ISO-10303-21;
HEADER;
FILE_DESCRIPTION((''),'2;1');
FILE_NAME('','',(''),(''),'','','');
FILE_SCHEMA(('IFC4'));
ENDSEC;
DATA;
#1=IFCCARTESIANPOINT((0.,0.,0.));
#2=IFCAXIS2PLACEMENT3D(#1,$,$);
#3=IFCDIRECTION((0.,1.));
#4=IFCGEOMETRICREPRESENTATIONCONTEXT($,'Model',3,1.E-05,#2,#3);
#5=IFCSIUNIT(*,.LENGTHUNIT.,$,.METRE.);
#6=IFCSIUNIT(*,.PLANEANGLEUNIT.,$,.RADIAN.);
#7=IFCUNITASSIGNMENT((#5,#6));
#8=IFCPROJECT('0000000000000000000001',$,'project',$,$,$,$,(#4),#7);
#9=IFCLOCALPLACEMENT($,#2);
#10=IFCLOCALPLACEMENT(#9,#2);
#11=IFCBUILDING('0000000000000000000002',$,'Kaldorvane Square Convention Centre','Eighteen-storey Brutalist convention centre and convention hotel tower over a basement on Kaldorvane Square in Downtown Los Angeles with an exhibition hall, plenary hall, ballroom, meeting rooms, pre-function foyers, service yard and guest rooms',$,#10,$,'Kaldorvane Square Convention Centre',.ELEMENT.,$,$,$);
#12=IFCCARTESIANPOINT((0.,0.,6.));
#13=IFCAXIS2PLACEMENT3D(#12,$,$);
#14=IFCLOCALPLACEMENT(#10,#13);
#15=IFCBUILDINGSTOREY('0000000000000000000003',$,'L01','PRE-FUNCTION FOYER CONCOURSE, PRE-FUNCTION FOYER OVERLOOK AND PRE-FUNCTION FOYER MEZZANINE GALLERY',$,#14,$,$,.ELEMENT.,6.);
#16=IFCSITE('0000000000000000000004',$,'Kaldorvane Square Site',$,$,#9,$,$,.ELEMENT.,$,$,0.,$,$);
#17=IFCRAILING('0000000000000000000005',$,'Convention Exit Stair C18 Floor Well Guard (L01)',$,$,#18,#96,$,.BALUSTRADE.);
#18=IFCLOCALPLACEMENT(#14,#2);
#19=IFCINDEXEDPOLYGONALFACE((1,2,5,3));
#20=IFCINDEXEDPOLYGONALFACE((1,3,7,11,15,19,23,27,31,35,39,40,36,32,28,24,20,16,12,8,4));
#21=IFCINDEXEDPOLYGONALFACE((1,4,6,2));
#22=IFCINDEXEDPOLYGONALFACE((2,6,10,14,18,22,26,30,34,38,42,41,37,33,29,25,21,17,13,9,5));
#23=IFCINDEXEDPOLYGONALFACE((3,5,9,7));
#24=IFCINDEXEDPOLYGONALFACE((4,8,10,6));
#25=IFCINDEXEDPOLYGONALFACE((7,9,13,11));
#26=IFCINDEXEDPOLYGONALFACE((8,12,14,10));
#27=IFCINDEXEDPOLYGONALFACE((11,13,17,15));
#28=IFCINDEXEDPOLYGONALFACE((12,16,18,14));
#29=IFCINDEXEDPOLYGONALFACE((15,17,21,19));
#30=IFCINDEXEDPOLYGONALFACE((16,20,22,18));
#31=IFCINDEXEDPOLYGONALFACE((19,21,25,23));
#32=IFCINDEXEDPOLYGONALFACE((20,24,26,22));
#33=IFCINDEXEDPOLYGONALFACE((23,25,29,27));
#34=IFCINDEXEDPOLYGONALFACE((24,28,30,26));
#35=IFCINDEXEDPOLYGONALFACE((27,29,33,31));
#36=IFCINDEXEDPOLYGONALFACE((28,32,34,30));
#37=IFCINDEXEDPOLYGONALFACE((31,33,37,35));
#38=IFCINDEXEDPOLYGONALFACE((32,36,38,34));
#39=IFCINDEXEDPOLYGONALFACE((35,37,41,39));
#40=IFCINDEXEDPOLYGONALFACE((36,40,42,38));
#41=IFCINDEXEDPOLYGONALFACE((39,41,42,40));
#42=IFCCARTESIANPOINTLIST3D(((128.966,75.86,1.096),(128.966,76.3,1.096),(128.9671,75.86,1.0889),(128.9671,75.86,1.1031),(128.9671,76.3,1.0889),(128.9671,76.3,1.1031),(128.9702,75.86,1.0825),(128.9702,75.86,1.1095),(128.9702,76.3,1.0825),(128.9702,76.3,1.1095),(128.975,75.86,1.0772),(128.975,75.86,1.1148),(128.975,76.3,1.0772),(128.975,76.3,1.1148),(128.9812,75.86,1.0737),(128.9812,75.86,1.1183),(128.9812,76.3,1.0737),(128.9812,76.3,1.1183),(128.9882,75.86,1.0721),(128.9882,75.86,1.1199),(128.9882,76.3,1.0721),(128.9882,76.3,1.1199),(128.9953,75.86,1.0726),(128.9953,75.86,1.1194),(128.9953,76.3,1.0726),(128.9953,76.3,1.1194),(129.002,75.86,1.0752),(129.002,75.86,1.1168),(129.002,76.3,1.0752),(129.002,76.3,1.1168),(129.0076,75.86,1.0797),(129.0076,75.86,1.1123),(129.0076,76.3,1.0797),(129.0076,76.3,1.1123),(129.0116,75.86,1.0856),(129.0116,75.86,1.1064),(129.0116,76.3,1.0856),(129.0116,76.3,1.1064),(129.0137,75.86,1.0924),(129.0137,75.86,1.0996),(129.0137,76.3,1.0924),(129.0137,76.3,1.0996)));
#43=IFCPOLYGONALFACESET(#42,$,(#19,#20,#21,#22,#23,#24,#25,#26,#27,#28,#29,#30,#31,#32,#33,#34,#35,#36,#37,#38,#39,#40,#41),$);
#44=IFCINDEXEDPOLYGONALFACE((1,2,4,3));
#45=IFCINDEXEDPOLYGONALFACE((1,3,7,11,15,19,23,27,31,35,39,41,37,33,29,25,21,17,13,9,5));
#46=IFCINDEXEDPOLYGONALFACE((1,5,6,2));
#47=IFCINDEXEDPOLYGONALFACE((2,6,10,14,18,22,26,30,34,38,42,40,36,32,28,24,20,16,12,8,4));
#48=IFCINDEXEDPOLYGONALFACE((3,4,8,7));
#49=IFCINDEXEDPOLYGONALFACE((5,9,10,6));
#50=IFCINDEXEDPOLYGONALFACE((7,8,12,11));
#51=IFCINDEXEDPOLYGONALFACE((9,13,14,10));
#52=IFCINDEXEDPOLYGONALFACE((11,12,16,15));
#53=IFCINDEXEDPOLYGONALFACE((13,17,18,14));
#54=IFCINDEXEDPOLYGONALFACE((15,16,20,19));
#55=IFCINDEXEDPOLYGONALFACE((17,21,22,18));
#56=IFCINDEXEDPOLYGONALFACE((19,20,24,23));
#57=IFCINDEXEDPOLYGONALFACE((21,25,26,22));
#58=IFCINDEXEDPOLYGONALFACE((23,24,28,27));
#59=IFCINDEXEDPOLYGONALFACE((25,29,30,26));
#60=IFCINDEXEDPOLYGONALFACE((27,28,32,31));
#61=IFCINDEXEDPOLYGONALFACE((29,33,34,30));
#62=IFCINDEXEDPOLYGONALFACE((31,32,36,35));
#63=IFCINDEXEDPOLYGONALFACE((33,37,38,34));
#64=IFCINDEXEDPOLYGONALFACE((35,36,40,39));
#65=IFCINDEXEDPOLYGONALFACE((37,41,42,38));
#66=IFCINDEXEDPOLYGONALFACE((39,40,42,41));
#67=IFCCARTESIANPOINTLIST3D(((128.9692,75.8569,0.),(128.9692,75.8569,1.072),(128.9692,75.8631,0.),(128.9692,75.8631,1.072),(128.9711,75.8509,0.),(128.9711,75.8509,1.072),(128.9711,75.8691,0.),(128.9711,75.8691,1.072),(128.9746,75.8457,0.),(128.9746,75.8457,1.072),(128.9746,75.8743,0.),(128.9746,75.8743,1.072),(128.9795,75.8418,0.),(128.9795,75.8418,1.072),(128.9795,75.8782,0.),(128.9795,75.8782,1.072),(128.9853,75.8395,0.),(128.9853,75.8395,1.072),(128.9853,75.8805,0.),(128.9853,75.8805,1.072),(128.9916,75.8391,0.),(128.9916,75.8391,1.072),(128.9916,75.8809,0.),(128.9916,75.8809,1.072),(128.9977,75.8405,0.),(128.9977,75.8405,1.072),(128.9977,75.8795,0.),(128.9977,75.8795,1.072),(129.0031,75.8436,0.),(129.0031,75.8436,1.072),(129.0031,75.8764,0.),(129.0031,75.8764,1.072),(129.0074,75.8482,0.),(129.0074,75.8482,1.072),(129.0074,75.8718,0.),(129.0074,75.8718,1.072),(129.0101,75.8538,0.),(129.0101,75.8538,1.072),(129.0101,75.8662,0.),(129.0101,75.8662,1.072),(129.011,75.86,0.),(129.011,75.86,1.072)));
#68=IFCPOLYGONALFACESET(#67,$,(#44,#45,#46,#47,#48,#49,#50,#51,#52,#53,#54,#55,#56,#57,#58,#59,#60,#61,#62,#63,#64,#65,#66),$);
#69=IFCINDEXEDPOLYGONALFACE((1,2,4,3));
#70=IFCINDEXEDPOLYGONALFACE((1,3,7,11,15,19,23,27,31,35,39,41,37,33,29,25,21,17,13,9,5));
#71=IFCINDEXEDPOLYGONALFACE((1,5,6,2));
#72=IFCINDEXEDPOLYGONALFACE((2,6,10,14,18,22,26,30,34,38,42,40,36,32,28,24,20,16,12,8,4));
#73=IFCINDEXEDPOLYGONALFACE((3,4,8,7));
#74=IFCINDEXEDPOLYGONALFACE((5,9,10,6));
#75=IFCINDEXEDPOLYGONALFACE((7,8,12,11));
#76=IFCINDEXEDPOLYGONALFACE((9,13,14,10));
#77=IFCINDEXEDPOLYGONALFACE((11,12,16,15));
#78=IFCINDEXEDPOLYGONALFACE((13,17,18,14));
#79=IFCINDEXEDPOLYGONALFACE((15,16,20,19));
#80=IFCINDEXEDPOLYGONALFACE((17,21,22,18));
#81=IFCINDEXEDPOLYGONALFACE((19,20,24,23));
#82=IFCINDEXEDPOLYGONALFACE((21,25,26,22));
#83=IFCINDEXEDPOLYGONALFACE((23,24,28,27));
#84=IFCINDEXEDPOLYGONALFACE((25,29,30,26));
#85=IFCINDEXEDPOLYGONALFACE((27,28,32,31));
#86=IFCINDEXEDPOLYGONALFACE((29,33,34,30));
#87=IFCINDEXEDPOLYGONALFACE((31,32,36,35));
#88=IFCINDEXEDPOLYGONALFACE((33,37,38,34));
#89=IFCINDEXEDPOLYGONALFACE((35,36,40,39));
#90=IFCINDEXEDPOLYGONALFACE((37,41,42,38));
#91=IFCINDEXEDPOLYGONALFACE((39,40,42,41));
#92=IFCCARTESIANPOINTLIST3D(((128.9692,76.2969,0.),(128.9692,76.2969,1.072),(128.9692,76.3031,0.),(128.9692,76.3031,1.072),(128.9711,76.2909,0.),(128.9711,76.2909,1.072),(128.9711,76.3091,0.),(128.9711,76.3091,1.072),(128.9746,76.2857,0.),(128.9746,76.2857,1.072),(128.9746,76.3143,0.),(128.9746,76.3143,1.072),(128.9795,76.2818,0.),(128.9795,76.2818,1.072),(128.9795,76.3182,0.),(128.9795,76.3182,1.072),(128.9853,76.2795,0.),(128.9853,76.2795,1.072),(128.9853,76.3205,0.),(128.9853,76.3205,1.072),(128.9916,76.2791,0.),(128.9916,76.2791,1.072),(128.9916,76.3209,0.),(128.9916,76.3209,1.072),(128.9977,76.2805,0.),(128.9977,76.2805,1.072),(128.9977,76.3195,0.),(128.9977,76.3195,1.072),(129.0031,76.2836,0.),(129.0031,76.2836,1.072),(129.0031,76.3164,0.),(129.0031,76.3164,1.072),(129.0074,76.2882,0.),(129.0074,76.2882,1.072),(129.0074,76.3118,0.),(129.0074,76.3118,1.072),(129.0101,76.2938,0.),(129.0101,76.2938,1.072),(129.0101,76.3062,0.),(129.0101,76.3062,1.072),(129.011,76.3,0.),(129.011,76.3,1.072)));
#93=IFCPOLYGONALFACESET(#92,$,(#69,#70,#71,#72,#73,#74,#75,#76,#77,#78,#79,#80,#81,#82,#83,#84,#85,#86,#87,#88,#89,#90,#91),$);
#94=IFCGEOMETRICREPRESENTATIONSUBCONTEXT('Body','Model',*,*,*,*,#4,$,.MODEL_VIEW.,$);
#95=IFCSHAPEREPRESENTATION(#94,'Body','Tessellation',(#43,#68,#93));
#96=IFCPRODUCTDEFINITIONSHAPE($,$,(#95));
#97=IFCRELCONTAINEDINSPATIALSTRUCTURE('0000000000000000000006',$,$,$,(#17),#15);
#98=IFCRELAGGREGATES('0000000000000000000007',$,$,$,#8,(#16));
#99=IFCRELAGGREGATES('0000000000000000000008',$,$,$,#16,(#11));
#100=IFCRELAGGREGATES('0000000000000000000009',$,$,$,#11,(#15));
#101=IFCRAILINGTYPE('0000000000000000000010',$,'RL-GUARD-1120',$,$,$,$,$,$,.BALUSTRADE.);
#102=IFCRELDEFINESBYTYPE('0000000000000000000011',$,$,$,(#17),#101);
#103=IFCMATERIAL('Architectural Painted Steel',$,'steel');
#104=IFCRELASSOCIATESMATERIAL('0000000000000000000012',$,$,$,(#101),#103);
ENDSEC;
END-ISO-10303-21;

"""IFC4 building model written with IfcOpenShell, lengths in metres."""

from ifc_helpers import new_model, si_unit, direction, frame, origin, origin_2d, place, context, subcontext, project, spatial, circle, extrude, material, type_object, element, save


model = new_model("IFC4")

# Units and contexts
model_context = context("Model", 3, precision=1e-05, world=origin(), true_north=direction((0.0, 1.0)))
body_context = subcontext(model_context, "Body", "Model", "MODEL_VIEW")
ifc_project = project(units=[si_unit("LENGTHUNIT", "METRE"), si_unit("PLANEANGLEUNIT", "RADIAN")], contexts=[model_context])

# Site, building, storey
site_placement = place(None, origin())
site = spatial("IfcSite", under=ifc_project, at=site_placement, Name="Kaldorvane Square Site", CompositionType="ELEMENT", RefElevation=0.0)
building_placement = place(site_placement, origin())
building = spatial("IfcBuilding", under=site, at=building_placement, Name="Kaldorvane Square Convention Centre", Description="Eighteen-storey Brutalist convention centre and convention hotel tower over a basement on Kaldorvane Square in Downtown Los Angeles with an exhibition hall, plenary hall, ballroom, meeting rooms, pre-function foyers, service yard and guest rooms", LongName="Kaldorvane Square Convention Centre", CompositionType="ELEMENT")
storey_placement = place(building_placement, frame((0.0, 0.0, 6.0)))
storey = spatial("IfcBuildingStorey", under=building, at=storey_placement, Name="L01", Description="PRE-FUNCTION FOYER CONCOURSE, PRE-FUNCTION FOYER OVERLOOK AND PRE-FUNCTION FOYER MEZZANINE GALLERY", CompositionType="ELEMENT", Elevation=6.0)

# Railing
ifc_material_1 = material(Name="Architectural Painted Steel", Category="steel")
railing_type_1 = type_object("IfcRailingType", Name="RL-GUARD-1120", PredefinedType="BALUSTRADE", material=ifc_material_1)
railing_1_placement = place(storey_placement, frame((128.99, 75.86, 0.0)))
element("IfcRailing", 1, at=railing_1_placement, inside=storey, type_object=railing_type_1, Name="Convention Exit Stair C18 Floor Well Guard (L01)", PredefinedType="BALUSTRADE", context=body_context, shape_type="SweptSolid", body=[
    extrude(circle(Radius=0.024, at=origin_2d()), frame((0.0, 0.0, 1.096), z_axis=(0.0, 1.0, 0.0), x_axis=(-1.0, 0.0, 0.0)), (0.0, 0.0, 1.0), 0.44),
    extrude(circle(Radius=0.021, at=origin_2d()), origin(), (0.0, 0.0, 1.0), 1.072),
    extrude(circle(Radius=0.021, at=origin_2d()), frame((0.0, 0.44, 0.0)), (0.0, 0.0, 1.0), 1.072),
])

save(model, "model.ifc")
